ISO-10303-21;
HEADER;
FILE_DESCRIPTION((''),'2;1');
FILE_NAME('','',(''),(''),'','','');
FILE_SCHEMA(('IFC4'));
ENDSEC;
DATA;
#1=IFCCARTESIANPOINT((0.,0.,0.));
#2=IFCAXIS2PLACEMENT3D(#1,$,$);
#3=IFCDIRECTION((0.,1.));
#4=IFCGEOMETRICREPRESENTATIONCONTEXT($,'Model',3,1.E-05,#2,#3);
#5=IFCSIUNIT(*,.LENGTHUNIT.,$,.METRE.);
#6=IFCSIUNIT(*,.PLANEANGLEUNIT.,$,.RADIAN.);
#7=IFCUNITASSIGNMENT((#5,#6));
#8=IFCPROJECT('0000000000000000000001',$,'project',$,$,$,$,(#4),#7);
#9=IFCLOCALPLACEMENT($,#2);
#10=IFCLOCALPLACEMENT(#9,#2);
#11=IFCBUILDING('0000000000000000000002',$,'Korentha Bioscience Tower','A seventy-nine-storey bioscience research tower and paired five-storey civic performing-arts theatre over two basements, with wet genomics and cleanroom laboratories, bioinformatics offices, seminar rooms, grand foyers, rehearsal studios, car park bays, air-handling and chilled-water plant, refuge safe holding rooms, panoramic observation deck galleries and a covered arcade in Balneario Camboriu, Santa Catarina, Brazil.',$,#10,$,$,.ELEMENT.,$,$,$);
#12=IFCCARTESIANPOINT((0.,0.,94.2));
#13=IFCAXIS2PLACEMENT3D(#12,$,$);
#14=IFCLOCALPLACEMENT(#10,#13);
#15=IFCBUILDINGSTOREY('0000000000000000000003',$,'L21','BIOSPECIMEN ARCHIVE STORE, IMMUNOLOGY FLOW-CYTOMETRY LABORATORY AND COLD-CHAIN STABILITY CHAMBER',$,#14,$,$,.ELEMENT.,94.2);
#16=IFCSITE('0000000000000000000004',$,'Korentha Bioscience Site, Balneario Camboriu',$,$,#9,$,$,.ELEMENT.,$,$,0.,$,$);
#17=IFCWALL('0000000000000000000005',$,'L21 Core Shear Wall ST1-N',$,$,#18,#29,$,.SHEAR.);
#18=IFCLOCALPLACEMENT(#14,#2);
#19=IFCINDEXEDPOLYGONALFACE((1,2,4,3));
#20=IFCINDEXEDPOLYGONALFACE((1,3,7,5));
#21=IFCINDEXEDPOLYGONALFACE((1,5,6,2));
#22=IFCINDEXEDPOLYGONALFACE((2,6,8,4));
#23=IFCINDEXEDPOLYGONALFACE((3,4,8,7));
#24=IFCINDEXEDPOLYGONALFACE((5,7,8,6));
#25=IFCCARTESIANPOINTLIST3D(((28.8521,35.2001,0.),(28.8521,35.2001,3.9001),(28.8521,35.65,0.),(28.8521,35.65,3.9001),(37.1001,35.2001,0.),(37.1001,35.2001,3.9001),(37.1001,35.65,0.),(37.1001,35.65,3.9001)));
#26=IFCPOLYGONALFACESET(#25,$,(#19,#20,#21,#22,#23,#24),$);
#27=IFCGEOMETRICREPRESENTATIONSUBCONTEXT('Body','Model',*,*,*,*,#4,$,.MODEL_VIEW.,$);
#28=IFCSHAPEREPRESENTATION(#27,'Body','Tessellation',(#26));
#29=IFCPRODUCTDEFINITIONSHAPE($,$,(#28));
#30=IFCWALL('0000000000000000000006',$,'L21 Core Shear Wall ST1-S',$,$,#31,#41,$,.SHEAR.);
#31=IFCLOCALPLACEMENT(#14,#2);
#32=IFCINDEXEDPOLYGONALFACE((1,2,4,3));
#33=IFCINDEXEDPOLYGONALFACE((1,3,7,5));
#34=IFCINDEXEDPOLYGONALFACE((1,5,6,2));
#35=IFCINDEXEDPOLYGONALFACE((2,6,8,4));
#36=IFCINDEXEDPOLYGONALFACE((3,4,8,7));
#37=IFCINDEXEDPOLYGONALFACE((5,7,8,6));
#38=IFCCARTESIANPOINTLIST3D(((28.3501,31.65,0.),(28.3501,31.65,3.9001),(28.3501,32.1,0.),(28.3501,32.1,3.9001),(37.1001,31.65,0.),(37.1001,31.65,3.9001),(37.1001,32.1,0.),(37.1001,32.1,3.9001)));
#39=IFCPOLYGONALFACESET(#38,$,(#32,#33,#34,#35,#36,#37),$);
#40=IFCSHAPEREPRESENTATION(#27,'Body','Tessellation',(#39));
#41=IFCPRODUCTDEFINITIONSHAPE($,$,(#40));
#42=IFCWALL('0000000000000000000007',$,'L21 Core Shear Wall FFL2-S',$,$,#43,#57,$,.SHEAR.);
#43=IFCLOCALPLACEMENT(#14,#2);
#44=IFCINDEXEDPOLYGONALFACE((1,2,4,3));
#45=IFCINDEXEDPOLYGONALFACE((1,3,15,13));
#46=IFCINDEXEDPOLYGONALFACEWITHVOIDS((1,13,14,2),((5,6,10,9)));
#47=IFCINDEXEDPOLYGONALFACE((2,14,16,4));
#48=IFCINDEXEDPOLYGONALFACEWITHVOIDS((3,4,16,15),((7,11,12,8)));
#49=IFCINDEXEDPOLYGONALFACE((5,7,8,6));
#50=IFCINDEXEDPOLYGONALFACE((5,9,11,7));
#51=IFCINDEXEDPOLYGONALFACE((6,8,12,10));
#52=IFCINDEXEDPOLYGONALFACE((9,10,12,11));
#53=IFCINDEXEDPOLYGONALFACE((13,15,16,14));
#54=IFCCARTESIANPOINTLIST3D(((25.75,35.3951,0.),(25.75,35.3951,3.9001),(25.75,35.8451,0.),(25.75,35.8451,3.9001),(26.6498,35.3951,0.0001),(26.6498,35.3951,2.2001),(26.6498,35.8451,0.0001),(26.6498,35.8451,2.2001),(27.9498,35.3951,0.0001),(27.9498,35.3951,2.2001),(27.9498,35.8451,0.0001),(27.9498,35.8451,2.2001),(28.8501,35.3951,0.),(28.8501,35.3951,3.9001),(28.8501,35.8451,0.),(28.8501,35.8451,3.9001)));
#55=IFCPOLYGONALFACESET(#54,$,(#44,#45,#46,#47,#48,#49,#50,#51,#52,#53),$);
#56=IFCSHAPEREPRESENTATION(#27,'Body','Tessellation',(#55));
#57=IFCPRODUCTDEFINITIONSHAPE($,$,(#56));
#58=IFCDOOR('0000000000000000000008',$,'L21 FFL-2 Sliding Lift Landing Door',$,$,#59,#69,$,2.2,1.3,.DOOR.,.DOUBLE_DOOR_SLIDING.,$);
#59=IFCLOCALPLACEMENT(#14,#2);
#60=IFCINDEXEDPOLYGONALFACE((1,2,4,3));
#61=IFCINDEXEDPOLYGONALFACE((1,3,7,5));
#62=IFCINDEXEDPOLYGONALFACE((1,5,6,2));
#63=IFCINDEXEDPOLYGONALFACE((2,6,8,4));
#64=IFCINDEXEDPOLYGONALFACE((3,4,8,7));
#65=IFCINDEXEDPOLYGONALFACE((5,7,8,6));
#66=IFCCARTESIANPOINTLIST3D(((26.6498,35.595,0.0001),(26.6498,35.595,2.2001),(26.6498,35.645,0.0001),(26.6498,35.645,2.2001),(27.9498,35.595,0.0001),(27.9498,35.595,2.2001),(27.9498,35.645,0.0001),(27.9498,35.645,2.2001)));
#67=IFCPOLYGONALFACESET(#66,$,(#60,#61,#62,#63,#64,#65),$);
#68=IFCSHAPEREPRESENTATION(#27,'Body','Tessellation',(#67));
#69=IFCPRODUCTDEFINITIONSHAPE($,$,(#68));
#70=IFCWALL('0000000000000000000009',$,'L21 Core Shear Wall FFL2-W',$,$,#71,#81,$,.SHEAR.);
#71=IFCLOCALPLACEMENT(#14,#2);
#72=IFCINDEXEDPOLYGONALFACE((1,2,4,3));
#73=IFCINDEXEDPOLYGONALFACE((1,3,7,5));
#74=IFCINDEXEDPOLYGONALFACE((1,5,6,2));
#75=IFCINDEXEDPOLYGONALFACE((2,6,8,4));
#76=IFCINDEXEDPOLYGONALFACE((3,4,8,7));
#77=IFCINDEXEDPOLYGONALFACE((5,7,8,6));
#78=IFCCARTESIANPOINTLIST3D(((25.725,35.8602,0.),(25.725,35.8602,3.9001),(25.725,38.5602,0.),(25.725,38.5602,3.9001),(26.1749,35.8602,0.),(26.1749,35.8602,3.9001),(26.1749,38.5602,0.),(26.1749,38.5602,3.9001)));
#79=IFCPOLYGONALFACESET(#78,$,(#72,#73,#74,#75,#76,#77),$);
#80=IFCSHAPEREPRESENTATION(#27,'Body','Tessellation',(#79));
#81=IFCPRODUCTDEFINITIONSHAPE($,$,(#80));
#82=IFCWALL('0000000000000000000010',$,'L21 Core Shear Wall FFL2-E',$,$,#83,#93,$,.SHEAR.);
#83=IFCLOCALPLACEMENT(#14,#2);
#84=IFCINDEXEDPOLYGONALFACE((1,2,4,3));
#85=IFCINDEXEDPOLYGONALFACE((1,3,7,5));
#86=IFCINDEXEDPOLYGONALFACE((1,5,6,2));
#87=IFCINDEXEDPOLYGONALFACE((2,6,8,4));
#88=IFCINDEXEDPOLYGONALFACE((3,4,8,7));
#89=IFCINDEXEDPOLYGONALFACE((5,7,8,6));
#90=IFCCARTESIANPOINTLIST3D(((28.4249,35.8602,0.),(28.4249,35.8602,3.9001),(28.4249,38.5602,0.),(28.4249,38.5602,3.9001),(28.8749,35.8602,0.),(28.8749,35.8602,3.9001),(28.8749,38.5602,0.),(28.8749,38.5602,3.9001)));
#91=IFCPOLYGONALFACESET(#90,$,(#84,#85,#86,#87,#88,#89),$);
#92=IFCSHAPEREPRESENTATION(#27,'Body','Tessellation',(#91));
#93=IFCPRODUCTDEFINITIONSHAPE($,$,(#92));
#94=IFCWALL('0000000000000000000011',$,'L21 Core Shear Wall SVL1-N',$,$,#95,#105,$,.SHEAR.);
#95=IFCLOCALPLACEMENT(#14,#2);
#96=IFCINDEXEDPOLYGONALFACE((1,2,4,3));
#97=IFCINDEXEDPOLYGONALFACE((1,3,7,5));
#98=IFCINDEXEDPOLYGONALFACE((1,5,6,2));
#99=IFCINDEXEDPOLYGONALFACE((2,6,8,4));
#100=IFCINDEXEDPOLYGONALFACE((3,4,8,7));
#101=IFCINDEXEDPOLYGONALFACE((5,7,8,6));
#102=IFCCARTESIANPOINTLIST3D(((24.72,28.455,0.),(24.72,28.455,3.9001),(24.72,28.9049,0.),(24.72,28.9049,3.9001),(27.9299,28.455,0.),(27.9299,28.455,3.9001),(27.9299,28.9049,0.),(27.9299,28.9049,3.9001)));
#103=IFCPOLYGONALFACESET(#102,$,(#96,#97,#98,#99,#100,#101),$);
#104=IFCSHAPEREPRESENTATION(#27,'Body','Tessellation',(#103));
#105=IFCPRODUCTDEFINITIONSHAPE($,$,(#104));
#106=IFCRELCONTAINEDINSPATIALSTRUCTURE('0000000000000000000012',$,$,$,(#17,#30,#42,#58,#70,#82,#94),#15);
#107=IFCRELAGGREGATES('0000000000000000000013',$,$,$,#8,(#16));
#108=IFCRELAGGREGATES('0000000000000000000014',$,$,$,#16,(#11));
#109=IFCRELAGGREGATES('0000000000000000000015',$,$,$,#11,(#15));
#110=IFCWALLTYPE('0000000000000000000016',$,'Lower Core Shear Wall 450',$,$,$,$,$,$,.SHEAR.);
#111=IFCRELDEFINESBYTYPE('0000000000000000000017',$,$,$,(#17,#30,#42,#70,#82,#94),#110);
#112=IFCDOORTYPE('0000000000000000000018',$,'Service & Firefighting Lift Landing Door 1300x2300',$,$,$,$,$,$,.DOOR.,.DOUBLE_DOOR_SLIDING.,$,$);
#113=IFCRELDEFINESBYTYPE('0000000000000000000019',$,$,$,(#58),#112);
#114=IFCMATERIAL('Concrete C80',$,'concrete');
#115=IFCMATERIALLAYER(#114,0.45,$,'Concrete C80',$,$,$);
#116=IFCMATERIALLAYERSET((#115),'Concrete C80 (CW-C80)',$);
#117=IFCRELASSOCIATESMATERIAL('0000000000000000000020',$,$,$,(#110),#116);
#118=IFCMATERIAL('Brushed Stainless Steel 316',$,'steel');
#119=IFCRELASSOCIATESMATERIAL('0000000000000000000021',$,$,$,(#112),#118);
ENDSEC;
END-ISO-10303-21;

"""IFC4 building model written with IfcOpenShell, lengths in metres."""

from ifc_helpers import new_model, si_unit, direction, frame, frame_2d, origin, place, context, subcontext, project, spatial, rectangle, extrude, material, layer, layer_set, type_object, element, fill, save


model = new_model("IFC4")

# Units and contexts
model_context = context("Model", 3, precision=1e-05, world=origin(), true_north=direction((0.0, 1.0)))
body_context = subcontext(model_context, "Body", "Model", "MODEL_VIEW")
ifc_project = project(units=[si_unit("LENGTHUNIT", "METRE"), si_unit("PLANEANGLEUNIT", "RADIAN")], contexts=[model_context])

# Site, building, storey
site_placement = place(None, origin())
site = spatial("IfcSite", under=ifc_project, at=site_placement, Name="Korentha Bioscience Site, Balneario Camboriu", CompositionType="ELEMENT", RefElevation=0.0)
building_placement = place(site_placement, origin())
building = spatial("IfcBuilding", under=site, at=building_placement, Name="Korentha Bioscience Tower", Description="A seventy-nine-storey bioscience research tower and paired five-storey civic performing-arts theatre over two basements, with wet genomics and cleanroom laboratories, bioinformatics offices, seminar rooms, grand foyers, rehearsal studios, car park bays, air-handling and chilled-water plant, refuge safe holding rooms, panoramic observation deck galleries and a covered arcade in Balneario Camboriu, Santa Catarina, Brazil.", CompositionType="ELEMENT")
storey_placement = place(building_placement, frame((0.0, 0.0, 94.2)))
storey = spatial("IfcBuildingStorey", under=building, at=storey_placement, Name="L21", Description="BIOSPECIMEN ARCHIVE STORE, IMMUNOLOGY FLOW-CYTOMETRY LABORATORY AND COLD-CHAIN STABILITY CHAMBER", CompositionType="ELEMENT", Elevation=94.2)

# Shared definitions
ifc_material_1 = material(Name="Concrete C80", Category="concrete")

# Walls
ifc_layer_1 = layer(ifc_material_1, 0.45, Name="Concrete C80")
ifc_layer_set_1 = layer_set([ifc_layer_1], Name="Concrete C80 (CW-C80)")
wall_type_1 = type_object("IfcWallType", Name="Lower Core Shear Wall 450", PredefinedType="SHEAR", material=ifc_layer_set_1)
wall_1_placement = place(storey_placement, frame((28.8521, 35.425, 0.0), z_axis=(0.0, 0.0, 1.0), x_axis=(1.0, 0.0, 0.0)))
element("IfcWall", 1, at=wall_1_placement, inside=storey, type_object=wall_type_1, Name="L21 Core Shear Wall ST1-N", PredefinedType="SHEAR", context=body_context, shape_type="SweptSolid", body=[
    extrude(rectangle(XDim=8.248, YDim=0.45, at=frame_2d((4.124, 0.0))), origin(), (0.0, 0.0, 1.0), 3.9001),
])
wall_2_placement = place(storey_placement, frame((28.3501, 31.875, 0.0), z_axis=(0.0, 0.0, 1.0), x_axis=(1.0, 0.0, 0.0)))
element("IfcWall", 2, at=wall_2_placement, inside=storey, type_object=wall_type_1, Name="L21 Core Shear Wall ST1-S", PredefinedType="SHEAR", context=body_context, shape_type="SweptSolid", body=[
    extrude(rectangle(XDim=8.75, YDim=0.45, at=frame_2d((4.375, 0.0))), origin(), (0.0, 0.0, 1.0), 3.9001),
])

# Wall, opening, door
wall_3_placement = place(storey_placement, frame((25.75, 35.6201, 0.0), z_axis=(0.0, 0.0, 1.0), x_axis=(1.0, 0.0, 0.0)))
wall_3 = element("IfcWall", 3, at=wall_3_placement, inside=storey, type_object=wall_type_1, Name="L21 Core Shear Wall FFL2-S", PredefinedType="SHEAR", context=body_context, shape_type="SweptSolid", body=[
    extrude(rectangle(XDim=3.1001, YDim=0.45, at=frame_2d((1.55, 0.0))), origin(), (0.0, 0.0, 1.0), 3.9001),
])
opening_1_placement = place(wall_3_placement, frame((0.8999, 0.0, 0.0)))
opening_1 = element("IfcOpeningElement", 4, at=opening_1_placement, cuts=wall_3, PredefinedType="OPENING", context=body_context, shape_type="SweptSolid", body=[
    extrude(rectangle(XDim=1.3, YDim=2.2, at=frame_2d((0.6499, 1.1001))), frame((0.0, 0.2397, 0.0), z_axis=(0.0, -1.0, 0.0), x_axis=(1.0, 0.0, 0.0)), (0.0, 0.0, 1.0), 0.4797),
])
ifc_material_2 = material(Name="Brushed Stainless Steel 316", Category="steel")
door_type_1 = type_object("IfcDoorType", Name="Service & Firefighting Lift Landing Door 1300x2300", OperationType="DOUBLE_DOOR_SLIDING", PredefinedType="DOOR", material=ifc_material_2)
door_1_placement = place(opening_1_placement, origin())
door_1 = element("IfcDoor", 5, at=door_1_placement, inside=storey, type_object=door_type_1, Name="L21 FFL-2 Sliding Lift Landing Door", OperationType="DOUBLE_DOOR_SLIDING", OverallHeight=2.2, OverallWidth=1.3, PredefinedType="DOOR", context=body_context, shape_type="SweptSolid", body=[
    extrude(rectangle(XDim=1.3, YDim=2.2, at=frame_2d((0.6499, 1.1001))), frame((0.0, 0.0249, 0.0), z_axis=(0.0, -1.0, 0.0), x_axis=(1.0, 0.0, 0.0)), (0.0, 0.0, 1.0), 0.05),
])
fill(opening_1, door_1)

# Walls
for number, where, z_axis, x_axis, name in (
    (6, (25.95, 35.8601, 0.0), (0.0, 0.0, 1.0), (0.0, 1.0, 0.0), "L21 Core Shear Wall FFL2-W"),
    (7, (28.6499, 35.8601, 0.0), (0.0, 0.0, 1.0), (0.0, 1.0, 0.0), "L21 Core Shear Wall FFL2-E"),
):
    element("IfcWall", number, at=place(storey_placement, frame(where, z_axis=z_axis, x_axis=x_axis)), inside=storey, type_object=wall_type_1, Name=name, PredefinedType="SHEAR", context=body_context, shape_type="SweptSolid", body=[
        extrude(rectangle(XDim=2.7, YDim=0.45, at=frame_2d((1.3501, 0.0))), origin(), (0.0, 0.0, 1.0), 3.9001),
    ])
wall_4_placement = place(storey_placement, frame((24.72, 28.6799, 0.0), z_axis=(0.0, 0.0, 1.0), x_axis=(1.0, 0.0, 0.0)))
element("IfcWall", 8, at=wall_4_placement, inside=storey, type_object=wall_type_1, Name="L21 Core Shear Wall SVL1-N", PredefinedType="SHEAR", context=body_context, shape_type="SweptSolid", body=[
    extrude(rectangle(XDim=3.21, YDim=0.45, at=frame_2d((1.605, 0.0))), origin(), (0.0, 0.0, 1.0), 3.9001),
])

save(model, "model.ifc")
